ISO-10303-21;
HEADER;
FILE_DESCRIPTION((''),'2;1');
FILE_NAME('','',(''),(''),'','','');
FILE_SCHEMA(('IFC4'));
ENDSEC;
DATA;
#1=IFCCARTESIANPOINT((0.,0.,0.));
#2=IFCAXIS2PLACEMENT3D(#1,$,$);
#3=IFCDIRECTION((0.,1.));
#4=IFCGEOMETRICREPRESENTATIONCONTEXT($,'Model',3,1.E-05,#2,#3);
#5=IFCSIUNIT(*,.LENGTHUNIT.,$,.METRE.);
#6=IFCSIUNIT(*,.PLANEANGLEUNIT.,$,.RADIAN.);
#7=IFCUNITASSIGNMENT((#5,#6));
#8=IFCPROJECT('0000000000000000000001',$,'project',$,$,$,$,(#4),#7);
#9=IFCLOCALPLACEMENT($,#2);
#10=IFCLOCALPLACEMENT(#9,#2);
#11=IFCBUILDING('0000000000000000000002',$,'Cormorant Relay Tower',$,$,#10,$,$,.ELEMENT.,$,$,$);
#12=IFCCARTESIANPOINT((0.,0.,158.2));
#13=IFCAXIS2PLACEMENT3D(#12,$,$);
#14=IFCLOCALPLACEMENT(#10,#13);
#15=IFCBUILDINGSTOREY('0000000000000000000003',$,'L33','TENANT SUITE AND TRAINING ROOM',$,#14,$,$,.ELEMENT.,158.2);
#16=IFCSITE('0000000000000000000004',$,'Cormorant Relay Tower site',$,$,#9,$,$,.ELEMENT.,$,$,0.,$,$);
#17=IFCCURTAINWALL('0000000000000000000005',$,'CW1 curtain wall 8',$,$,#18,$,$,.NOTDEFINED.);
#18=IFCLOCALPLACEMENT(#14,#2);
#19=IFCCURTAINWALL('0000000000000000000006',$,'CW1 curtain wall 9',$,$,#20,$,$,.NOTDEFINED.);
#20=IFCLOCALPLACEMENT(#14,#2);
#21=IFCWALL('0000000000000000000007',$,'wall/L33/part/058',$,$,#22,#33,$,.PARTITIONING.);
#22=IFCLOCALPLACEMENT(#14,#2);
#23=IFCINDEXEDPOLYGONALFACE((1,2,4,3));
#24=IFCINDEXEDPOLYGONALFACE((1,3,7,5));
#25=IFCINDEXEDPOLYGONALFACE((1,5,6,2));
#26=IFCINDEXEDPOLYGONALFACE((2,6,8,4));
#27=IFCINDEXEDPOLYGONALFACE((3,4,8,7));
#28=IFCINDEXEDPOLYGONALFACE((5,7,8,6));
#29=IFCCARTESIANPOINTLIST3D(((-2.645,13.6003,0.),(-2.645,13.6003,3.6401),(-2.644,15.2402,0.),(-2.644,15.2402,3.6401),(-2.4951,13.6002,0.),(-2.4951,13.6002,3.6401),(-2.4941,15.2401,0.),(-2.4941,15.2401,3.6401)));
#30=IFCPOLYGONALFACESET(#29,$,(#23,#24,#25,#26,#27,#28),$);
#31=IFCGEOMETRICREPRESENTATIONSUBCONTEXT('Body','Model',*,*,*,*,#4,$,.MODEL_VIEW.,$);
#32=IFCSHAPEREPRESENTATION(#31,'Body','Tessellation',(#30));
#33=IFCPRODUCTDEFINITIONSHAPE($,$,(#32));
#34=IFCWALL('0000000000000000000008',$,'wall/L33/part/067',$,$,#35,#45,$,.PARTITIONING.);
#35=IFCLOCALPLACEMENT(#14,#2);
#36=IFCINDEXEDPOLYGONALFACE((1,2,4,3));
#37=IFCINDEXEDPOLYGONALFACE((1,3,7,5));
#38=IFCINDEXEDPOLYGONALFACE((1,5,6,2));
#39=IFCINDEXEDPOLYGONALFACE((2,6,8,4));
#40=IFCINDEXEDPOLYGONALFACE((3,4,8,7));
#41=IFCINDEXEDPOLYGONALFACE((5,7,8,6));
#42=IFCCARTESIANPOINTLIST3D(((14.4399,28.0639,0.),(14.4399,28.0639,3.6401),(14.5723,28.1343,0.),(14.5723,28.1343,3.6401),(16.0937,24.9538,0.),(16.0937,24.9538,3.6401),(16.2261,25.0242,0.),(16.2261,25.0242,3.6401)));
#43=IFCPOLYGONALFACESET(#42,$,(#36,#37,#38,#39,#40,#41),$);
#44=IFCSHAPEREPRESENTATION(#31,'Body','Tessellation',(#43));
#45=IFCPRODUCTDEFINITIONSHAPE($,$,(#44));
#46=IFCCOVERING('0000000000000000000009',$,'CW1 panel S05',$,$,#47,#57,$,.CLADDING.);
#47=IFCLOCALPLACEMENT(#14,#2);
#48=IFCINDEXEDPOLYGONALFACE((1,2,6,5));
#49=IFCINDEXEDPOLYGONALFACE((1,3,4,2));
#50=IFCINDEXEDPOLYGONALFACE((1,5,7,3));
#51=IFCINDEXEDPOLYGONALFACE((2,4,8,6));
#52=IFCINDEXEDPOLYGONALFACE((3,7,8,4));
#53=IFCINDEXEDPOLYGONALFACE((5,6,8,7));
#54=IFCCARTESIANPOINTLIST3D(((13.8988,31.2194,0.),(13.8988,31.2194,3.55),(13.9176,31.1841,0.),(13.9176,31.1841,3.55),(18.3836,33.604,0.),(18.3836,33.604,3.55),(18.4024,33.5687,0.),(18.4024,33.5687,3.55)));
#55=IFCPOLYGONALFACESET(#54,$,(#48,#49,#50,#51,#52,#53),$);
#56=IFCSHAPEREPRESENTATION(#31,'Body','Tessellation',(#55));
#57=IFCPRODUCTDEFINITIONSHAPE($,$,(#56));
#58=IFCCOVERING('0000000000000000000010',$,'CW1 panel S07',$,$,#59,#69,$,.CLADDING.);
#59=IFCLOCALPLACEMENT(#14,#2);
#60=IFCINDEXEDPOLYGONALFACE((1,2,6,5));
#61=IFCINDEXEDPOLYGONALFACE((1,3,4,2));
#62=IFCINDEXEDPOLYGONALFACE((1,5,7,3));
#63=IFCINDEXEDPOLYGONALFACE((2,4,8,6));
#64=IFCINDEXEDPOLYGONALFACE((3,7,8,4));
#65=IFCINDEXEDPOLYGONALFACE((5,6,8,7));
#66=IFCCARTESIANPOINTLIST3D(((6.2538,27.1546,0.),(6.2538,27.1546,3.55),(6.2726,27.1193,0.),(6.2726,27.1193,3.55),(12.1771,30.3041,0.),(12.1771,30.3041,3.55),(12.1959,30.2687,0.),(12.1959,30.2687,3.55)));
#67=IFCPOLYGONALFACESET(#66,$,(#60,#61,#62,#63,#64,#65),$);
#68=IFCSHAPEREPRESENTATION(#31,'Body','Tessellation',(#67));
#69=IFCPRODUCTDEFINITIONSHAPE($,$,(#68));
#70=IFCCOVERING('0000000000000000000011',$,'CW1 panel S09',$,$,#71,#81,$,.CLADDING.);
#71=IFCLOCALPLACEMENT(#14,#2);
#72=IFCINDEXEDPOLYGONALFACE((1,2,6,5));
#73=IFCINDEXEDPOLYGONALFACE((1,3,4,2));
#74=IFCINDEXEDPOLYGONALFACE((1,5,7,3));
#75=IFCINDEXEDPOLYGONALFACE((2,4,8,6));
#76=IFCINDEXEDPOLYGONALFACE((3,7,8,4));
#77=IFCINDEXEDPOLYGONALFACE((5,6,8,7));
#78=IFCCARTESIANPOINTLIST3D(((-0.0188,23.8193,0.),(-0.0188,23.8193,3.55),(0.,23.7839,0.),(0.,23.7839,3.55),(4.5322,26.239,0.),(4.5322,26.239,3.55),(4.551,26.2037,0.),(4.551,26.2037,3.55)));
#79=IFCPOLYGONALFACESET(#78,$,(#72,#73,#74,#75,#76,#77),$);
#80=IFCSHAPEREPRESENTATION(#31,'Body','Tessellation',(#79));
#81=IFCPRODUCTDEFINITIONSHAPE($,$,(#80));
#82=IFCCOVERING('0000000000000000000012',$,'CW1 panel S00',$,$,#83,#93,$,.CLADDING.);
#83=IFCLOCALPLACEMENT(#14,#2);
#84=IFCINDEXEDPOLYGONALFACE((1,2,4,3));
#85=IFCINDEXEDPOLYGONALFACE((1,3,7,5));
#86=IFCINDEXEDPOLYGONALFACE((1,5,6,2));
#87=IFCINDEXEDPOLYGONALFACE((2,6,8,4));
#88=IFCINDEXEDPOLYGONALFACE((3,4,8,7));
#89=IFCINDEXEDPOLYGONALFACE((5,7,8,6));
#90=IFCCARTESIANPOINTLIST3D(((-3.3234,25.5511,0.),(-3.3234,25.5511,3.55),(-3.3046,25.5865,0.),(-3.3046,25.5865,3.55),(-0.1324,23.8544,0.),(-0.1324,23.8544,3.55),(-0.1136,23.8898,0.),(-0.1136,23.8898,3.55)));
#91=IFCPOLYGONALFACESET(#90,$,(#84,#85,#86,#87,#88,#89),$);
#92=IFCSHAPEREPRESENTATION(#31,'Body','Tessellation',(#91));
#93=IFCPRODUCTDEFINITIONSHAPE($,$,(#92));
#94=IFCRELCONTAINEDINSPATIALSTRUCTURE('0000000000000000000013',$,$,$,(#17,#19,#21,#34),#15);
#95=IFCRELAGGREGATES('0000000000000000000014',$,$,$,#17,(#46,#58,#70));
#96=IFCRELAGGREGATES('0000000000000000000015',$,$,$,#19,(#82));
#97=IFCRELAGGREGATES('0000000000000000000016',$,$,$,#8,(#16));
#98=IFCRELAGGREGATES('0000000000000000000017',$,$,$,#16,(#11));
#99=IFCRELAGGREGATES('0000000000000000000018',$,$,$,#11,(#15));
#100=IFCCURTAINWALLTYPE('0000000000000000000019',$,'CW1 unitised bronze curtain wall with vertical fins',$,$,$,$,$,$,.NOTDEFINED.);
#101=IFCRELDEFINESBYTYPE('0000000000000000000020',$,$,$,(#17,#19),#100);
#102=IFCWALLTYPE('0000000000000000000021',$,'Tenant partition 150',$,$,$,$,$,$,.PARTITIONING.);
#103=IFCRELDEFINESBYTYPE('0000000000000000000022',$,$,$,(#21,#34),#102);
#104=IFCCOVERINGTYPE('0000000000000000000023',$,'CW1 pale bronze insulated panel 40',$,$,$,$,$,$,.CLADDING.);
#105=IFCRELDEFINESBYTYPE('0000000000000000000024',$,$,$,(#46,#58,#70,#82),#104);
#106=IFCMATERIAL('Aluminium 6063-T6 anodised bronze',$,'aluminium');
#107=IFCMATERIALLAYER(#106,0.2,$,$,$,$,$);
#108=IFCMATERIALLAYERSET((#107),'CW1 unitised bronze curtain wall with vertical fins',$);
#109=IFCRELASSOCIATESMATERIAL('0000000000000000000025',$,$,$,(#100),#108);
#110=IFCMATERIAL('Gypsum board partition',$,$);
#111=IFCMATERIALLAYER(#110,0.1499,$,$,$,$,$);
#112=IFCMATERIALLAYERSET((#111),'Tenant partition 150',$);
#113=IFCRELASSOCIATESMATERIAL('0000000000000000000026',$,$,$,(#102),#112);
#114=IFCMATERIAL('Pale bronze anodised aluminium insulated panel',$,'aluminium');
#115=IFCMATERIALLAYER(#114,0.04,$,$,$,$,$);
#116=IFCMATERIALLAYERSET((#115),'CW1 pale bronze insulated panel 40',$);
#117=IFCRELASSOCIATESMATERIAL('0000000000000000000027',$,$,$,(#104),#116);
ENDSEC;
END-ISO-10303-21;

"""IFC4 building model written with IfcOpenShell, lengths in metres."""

from ifc_helpers import new_model, si_unit, direction, frame, frame_2d, origin, origin_2d, place, context, subcontext, project, spatial, rectangle, extrude, material, layer, layer_set, type_object, element, aggregate, save


model = new_model("IFC4")

# Units and contexts
model_context = context("Model", 3, precision=1e-05, world=origin(), true_north=direction((0.0, 1.0)))
body_context = subcontext(model_context, "Body", "Model", "MODEL_VIEW")
ifc_project = project(units=[si_unit("LENGTHUNIT", "METRE"), si_unit("PLANEANGLEUNIT", "RADIAN")], contexts=[model_context])

# Site, building, storey
site_placement = place(None, origin())
site = spatial("IfcSite", under=ifc_project, at=site_placement, Name="Cormorant Relay Tower site", CompositionType="ELEMENT", RefElevation=0.0)
building_placement = place(site_placement, origin())
building = spatial("IfcBuilding", under=site, at=building_placement, Name="Cormorant Relay Tower", CompositionType="ELEMENT")
storey_placement = place(building_placement, frame((0.0, 0.0, 158.2)))
storey = spatial("IfcBuildingStorey", under=building, at=storey_placement, Name="L33", Description="TENANT SUITE AND TRAINING ROOM", CompositionType="ELEMENT", Elevation=158.2)

# Curtain walls
ifc_material_1 = material(Name="Aluminium 6063-T6 anodised bronze", Category="aluminium")
ifc_layer_1 = layer(ifc_material_1, 0.2)
ifc_layer_set_1 = layer_set([ifc_layer_1], Name="CW1 unitised bronze curtain wall with vertical fins")
curtain_wall_type = type_object("IfcCurtainWallType", Name="CW1 unitised bronze curtain wall with vertical fins", PredefinedType="NOTDEFINED", material=ifc_layer_set_1)
curtain_wall_1_placement = place(storey_placement, origin())
curtain_wall_1 = element("IfcCurtainWall", 1, at=curtain_wall_1_placement, inside=storey, type_object=curtain_wall_type, Name="CW1 curtain wall 8", PredefinedType="NOTDEFINED")
curtain_wall_2_placement = place(storey_placement, origin())
curtain_wall_2 = element("IfcCurtainWall", 2, at=curtain_wall_2_placement, inside=storey, type_object=curtain_wall_type, Name="CW1 curtain wall 9", PredefinedType="NOTDEFINED")

# Walls
ifc_material_2 = material(Name="Gypsum board partition")
ifc_layer_2 = layer(ifc_material_2, 0.1499)
ifc_layer_set_2 = layer_set([ifc_layer_2], Name="Tenant partition 150")
wall_type_1 = type_object("IfcWallType", Name="Tenant partition 150", PredefinedType="PARTITIONING", material=ifc_layer_set_2)
wall_1_placement = place(storey_placement, frame((-2.5691, 15.24, 0.0), z_axis=(0.0, 0.0, 1.0), x_axis=(-0.000596, -1.0, 0.0)))
element("IfcWall", 3, at=wall_1_placement, inside=storey, type_object=wall_type_1, Name="wall/L33/part/058", PredefinedType="PARTITIONING", context=body_context, shape_type="SweptSolid", body=[
    extrude(rectangle(XDim=1.6399, YDim=0.1499, at=frame_2d((0.8198, 0.0))), origin(), (0.0, 0.0, 1.0), 3.6401),
])
wall_2_placement = place(storey_placement, frame((14.5061, 28.0991, 0.0), z_axis=(0.0, 0.0, 1.0), x_axis=(0.469501, -0.882932, 0.0)))
element("IfcWall", 4, at=wall_2_placement, inside=storey, type_object=wall_type_1, Name="wall/L33/part/067", PredefinedType="PARTITIONING", context=body_context, shape_type="SweptSolid", body=[
    extrude(rectangle(XDim=3.5225, YDim=0.1499, at=frame_2d((1.7612, 0.0))), origin(), (0.0, 0.0, 1.0), 3.6401),
])

# Coverings
ifc_material_3 = material(Name="Pale bronze anodised aluminium insulated panel", Category="aluminium")
ifc_layer_3 = layer(ifc_material_3, 0.04)
ifc_layer_set_3 = layer_set([ifc_layer_3], Name="CW1 pale bronze insulated panel 40")
covering_type = type_object("IfcCoveringType", Name="CW1 pale bronze insulated panel 40", PredefinedType="CLADDING", material=ifc_layer_set_3)
covering_1_placement = place(storey_placement, frame((16.1506, 32.394, 0.0), z_axis=(0.0, 0.0, 1.0), x_axis=(-0.882948, -0.469472, 0.0)))
covering_1 = element("IfcCovering", 5, at=covering_1_placement, type_object=covering_type, Name="CW1 panel S05", PredefinedType="CLADDING", context=body_context, shape_type="SweptSolid", body=[
    extrude(rectangle(XDim=5.0793, YDim=0.04, at=origin_2d()), origin(), (0.0, 0.0, 1.0), 3.55),
])
covering_2_placement = place(storey_placement, frame((9.2249, 28.7117, 0.0), z_axis=(0.0, 0.0, 1.0), x_axis=(-0.882948, -0.469472, 0.0)))
covering_2 = element("IfcCovering", 6, at=covering_2_placement, type_object=covering_type, Name="CW1 panel S07", PredefinedType="CLADDING", context=body_context, shape_type="SweptSolid", body=[
    extrude(rectangle(XDim=6.7085, YDim=0.04, at=origin_2d()), origin(), (0.0, 0.0, 1.0), 3.55),
])
covering_3_placement = place(storey_placement, frame((2.2661, 25.0115, 0.0), z_axis=(0.0, 0.0, 1.0), x_axis=(-0.882948, -0.469472, 0.0)))
covering_3 = element("IfcCovering", 7, at=covering_3_placement, type_object=covering_type, Name="CW1 panel S09", PredefinedType="CLADDING", context=body_context, shape_type="SweptSolid", body=[
    extrude(rectangle(XDim=5.1543, YDim=0.04, at=origin_2d()), origin(), (0.0, 0.0, 1.0), 3.55),
])
aggregate(curtain_wall_1, [covering_1, covering_2, covering_3])
covering_4_placement = place(storey_placement, frame((-1.7185, 24.7205, 0.0), z_axis=(0.0, 0.0, 1.0), x_axis=(-0.882948, 0.469472, 0.0)))
covering_4 = element("IfcCovering", 8, at=covering_4_placement, type_object=covering_type, Name="CW1 panel S00", PredefinedType="CLADDING", context=body_context, shape_type="SweptSolid", body=[
    extrude(rectangle(XDim=3.614, YDim=0.04, at=origin_2d()), origin(), (0.0, 0.0, 1.0), 3.55),
])
aggregate(curtain_wall_2, [covering_4])

save(model, "model.ifc")
